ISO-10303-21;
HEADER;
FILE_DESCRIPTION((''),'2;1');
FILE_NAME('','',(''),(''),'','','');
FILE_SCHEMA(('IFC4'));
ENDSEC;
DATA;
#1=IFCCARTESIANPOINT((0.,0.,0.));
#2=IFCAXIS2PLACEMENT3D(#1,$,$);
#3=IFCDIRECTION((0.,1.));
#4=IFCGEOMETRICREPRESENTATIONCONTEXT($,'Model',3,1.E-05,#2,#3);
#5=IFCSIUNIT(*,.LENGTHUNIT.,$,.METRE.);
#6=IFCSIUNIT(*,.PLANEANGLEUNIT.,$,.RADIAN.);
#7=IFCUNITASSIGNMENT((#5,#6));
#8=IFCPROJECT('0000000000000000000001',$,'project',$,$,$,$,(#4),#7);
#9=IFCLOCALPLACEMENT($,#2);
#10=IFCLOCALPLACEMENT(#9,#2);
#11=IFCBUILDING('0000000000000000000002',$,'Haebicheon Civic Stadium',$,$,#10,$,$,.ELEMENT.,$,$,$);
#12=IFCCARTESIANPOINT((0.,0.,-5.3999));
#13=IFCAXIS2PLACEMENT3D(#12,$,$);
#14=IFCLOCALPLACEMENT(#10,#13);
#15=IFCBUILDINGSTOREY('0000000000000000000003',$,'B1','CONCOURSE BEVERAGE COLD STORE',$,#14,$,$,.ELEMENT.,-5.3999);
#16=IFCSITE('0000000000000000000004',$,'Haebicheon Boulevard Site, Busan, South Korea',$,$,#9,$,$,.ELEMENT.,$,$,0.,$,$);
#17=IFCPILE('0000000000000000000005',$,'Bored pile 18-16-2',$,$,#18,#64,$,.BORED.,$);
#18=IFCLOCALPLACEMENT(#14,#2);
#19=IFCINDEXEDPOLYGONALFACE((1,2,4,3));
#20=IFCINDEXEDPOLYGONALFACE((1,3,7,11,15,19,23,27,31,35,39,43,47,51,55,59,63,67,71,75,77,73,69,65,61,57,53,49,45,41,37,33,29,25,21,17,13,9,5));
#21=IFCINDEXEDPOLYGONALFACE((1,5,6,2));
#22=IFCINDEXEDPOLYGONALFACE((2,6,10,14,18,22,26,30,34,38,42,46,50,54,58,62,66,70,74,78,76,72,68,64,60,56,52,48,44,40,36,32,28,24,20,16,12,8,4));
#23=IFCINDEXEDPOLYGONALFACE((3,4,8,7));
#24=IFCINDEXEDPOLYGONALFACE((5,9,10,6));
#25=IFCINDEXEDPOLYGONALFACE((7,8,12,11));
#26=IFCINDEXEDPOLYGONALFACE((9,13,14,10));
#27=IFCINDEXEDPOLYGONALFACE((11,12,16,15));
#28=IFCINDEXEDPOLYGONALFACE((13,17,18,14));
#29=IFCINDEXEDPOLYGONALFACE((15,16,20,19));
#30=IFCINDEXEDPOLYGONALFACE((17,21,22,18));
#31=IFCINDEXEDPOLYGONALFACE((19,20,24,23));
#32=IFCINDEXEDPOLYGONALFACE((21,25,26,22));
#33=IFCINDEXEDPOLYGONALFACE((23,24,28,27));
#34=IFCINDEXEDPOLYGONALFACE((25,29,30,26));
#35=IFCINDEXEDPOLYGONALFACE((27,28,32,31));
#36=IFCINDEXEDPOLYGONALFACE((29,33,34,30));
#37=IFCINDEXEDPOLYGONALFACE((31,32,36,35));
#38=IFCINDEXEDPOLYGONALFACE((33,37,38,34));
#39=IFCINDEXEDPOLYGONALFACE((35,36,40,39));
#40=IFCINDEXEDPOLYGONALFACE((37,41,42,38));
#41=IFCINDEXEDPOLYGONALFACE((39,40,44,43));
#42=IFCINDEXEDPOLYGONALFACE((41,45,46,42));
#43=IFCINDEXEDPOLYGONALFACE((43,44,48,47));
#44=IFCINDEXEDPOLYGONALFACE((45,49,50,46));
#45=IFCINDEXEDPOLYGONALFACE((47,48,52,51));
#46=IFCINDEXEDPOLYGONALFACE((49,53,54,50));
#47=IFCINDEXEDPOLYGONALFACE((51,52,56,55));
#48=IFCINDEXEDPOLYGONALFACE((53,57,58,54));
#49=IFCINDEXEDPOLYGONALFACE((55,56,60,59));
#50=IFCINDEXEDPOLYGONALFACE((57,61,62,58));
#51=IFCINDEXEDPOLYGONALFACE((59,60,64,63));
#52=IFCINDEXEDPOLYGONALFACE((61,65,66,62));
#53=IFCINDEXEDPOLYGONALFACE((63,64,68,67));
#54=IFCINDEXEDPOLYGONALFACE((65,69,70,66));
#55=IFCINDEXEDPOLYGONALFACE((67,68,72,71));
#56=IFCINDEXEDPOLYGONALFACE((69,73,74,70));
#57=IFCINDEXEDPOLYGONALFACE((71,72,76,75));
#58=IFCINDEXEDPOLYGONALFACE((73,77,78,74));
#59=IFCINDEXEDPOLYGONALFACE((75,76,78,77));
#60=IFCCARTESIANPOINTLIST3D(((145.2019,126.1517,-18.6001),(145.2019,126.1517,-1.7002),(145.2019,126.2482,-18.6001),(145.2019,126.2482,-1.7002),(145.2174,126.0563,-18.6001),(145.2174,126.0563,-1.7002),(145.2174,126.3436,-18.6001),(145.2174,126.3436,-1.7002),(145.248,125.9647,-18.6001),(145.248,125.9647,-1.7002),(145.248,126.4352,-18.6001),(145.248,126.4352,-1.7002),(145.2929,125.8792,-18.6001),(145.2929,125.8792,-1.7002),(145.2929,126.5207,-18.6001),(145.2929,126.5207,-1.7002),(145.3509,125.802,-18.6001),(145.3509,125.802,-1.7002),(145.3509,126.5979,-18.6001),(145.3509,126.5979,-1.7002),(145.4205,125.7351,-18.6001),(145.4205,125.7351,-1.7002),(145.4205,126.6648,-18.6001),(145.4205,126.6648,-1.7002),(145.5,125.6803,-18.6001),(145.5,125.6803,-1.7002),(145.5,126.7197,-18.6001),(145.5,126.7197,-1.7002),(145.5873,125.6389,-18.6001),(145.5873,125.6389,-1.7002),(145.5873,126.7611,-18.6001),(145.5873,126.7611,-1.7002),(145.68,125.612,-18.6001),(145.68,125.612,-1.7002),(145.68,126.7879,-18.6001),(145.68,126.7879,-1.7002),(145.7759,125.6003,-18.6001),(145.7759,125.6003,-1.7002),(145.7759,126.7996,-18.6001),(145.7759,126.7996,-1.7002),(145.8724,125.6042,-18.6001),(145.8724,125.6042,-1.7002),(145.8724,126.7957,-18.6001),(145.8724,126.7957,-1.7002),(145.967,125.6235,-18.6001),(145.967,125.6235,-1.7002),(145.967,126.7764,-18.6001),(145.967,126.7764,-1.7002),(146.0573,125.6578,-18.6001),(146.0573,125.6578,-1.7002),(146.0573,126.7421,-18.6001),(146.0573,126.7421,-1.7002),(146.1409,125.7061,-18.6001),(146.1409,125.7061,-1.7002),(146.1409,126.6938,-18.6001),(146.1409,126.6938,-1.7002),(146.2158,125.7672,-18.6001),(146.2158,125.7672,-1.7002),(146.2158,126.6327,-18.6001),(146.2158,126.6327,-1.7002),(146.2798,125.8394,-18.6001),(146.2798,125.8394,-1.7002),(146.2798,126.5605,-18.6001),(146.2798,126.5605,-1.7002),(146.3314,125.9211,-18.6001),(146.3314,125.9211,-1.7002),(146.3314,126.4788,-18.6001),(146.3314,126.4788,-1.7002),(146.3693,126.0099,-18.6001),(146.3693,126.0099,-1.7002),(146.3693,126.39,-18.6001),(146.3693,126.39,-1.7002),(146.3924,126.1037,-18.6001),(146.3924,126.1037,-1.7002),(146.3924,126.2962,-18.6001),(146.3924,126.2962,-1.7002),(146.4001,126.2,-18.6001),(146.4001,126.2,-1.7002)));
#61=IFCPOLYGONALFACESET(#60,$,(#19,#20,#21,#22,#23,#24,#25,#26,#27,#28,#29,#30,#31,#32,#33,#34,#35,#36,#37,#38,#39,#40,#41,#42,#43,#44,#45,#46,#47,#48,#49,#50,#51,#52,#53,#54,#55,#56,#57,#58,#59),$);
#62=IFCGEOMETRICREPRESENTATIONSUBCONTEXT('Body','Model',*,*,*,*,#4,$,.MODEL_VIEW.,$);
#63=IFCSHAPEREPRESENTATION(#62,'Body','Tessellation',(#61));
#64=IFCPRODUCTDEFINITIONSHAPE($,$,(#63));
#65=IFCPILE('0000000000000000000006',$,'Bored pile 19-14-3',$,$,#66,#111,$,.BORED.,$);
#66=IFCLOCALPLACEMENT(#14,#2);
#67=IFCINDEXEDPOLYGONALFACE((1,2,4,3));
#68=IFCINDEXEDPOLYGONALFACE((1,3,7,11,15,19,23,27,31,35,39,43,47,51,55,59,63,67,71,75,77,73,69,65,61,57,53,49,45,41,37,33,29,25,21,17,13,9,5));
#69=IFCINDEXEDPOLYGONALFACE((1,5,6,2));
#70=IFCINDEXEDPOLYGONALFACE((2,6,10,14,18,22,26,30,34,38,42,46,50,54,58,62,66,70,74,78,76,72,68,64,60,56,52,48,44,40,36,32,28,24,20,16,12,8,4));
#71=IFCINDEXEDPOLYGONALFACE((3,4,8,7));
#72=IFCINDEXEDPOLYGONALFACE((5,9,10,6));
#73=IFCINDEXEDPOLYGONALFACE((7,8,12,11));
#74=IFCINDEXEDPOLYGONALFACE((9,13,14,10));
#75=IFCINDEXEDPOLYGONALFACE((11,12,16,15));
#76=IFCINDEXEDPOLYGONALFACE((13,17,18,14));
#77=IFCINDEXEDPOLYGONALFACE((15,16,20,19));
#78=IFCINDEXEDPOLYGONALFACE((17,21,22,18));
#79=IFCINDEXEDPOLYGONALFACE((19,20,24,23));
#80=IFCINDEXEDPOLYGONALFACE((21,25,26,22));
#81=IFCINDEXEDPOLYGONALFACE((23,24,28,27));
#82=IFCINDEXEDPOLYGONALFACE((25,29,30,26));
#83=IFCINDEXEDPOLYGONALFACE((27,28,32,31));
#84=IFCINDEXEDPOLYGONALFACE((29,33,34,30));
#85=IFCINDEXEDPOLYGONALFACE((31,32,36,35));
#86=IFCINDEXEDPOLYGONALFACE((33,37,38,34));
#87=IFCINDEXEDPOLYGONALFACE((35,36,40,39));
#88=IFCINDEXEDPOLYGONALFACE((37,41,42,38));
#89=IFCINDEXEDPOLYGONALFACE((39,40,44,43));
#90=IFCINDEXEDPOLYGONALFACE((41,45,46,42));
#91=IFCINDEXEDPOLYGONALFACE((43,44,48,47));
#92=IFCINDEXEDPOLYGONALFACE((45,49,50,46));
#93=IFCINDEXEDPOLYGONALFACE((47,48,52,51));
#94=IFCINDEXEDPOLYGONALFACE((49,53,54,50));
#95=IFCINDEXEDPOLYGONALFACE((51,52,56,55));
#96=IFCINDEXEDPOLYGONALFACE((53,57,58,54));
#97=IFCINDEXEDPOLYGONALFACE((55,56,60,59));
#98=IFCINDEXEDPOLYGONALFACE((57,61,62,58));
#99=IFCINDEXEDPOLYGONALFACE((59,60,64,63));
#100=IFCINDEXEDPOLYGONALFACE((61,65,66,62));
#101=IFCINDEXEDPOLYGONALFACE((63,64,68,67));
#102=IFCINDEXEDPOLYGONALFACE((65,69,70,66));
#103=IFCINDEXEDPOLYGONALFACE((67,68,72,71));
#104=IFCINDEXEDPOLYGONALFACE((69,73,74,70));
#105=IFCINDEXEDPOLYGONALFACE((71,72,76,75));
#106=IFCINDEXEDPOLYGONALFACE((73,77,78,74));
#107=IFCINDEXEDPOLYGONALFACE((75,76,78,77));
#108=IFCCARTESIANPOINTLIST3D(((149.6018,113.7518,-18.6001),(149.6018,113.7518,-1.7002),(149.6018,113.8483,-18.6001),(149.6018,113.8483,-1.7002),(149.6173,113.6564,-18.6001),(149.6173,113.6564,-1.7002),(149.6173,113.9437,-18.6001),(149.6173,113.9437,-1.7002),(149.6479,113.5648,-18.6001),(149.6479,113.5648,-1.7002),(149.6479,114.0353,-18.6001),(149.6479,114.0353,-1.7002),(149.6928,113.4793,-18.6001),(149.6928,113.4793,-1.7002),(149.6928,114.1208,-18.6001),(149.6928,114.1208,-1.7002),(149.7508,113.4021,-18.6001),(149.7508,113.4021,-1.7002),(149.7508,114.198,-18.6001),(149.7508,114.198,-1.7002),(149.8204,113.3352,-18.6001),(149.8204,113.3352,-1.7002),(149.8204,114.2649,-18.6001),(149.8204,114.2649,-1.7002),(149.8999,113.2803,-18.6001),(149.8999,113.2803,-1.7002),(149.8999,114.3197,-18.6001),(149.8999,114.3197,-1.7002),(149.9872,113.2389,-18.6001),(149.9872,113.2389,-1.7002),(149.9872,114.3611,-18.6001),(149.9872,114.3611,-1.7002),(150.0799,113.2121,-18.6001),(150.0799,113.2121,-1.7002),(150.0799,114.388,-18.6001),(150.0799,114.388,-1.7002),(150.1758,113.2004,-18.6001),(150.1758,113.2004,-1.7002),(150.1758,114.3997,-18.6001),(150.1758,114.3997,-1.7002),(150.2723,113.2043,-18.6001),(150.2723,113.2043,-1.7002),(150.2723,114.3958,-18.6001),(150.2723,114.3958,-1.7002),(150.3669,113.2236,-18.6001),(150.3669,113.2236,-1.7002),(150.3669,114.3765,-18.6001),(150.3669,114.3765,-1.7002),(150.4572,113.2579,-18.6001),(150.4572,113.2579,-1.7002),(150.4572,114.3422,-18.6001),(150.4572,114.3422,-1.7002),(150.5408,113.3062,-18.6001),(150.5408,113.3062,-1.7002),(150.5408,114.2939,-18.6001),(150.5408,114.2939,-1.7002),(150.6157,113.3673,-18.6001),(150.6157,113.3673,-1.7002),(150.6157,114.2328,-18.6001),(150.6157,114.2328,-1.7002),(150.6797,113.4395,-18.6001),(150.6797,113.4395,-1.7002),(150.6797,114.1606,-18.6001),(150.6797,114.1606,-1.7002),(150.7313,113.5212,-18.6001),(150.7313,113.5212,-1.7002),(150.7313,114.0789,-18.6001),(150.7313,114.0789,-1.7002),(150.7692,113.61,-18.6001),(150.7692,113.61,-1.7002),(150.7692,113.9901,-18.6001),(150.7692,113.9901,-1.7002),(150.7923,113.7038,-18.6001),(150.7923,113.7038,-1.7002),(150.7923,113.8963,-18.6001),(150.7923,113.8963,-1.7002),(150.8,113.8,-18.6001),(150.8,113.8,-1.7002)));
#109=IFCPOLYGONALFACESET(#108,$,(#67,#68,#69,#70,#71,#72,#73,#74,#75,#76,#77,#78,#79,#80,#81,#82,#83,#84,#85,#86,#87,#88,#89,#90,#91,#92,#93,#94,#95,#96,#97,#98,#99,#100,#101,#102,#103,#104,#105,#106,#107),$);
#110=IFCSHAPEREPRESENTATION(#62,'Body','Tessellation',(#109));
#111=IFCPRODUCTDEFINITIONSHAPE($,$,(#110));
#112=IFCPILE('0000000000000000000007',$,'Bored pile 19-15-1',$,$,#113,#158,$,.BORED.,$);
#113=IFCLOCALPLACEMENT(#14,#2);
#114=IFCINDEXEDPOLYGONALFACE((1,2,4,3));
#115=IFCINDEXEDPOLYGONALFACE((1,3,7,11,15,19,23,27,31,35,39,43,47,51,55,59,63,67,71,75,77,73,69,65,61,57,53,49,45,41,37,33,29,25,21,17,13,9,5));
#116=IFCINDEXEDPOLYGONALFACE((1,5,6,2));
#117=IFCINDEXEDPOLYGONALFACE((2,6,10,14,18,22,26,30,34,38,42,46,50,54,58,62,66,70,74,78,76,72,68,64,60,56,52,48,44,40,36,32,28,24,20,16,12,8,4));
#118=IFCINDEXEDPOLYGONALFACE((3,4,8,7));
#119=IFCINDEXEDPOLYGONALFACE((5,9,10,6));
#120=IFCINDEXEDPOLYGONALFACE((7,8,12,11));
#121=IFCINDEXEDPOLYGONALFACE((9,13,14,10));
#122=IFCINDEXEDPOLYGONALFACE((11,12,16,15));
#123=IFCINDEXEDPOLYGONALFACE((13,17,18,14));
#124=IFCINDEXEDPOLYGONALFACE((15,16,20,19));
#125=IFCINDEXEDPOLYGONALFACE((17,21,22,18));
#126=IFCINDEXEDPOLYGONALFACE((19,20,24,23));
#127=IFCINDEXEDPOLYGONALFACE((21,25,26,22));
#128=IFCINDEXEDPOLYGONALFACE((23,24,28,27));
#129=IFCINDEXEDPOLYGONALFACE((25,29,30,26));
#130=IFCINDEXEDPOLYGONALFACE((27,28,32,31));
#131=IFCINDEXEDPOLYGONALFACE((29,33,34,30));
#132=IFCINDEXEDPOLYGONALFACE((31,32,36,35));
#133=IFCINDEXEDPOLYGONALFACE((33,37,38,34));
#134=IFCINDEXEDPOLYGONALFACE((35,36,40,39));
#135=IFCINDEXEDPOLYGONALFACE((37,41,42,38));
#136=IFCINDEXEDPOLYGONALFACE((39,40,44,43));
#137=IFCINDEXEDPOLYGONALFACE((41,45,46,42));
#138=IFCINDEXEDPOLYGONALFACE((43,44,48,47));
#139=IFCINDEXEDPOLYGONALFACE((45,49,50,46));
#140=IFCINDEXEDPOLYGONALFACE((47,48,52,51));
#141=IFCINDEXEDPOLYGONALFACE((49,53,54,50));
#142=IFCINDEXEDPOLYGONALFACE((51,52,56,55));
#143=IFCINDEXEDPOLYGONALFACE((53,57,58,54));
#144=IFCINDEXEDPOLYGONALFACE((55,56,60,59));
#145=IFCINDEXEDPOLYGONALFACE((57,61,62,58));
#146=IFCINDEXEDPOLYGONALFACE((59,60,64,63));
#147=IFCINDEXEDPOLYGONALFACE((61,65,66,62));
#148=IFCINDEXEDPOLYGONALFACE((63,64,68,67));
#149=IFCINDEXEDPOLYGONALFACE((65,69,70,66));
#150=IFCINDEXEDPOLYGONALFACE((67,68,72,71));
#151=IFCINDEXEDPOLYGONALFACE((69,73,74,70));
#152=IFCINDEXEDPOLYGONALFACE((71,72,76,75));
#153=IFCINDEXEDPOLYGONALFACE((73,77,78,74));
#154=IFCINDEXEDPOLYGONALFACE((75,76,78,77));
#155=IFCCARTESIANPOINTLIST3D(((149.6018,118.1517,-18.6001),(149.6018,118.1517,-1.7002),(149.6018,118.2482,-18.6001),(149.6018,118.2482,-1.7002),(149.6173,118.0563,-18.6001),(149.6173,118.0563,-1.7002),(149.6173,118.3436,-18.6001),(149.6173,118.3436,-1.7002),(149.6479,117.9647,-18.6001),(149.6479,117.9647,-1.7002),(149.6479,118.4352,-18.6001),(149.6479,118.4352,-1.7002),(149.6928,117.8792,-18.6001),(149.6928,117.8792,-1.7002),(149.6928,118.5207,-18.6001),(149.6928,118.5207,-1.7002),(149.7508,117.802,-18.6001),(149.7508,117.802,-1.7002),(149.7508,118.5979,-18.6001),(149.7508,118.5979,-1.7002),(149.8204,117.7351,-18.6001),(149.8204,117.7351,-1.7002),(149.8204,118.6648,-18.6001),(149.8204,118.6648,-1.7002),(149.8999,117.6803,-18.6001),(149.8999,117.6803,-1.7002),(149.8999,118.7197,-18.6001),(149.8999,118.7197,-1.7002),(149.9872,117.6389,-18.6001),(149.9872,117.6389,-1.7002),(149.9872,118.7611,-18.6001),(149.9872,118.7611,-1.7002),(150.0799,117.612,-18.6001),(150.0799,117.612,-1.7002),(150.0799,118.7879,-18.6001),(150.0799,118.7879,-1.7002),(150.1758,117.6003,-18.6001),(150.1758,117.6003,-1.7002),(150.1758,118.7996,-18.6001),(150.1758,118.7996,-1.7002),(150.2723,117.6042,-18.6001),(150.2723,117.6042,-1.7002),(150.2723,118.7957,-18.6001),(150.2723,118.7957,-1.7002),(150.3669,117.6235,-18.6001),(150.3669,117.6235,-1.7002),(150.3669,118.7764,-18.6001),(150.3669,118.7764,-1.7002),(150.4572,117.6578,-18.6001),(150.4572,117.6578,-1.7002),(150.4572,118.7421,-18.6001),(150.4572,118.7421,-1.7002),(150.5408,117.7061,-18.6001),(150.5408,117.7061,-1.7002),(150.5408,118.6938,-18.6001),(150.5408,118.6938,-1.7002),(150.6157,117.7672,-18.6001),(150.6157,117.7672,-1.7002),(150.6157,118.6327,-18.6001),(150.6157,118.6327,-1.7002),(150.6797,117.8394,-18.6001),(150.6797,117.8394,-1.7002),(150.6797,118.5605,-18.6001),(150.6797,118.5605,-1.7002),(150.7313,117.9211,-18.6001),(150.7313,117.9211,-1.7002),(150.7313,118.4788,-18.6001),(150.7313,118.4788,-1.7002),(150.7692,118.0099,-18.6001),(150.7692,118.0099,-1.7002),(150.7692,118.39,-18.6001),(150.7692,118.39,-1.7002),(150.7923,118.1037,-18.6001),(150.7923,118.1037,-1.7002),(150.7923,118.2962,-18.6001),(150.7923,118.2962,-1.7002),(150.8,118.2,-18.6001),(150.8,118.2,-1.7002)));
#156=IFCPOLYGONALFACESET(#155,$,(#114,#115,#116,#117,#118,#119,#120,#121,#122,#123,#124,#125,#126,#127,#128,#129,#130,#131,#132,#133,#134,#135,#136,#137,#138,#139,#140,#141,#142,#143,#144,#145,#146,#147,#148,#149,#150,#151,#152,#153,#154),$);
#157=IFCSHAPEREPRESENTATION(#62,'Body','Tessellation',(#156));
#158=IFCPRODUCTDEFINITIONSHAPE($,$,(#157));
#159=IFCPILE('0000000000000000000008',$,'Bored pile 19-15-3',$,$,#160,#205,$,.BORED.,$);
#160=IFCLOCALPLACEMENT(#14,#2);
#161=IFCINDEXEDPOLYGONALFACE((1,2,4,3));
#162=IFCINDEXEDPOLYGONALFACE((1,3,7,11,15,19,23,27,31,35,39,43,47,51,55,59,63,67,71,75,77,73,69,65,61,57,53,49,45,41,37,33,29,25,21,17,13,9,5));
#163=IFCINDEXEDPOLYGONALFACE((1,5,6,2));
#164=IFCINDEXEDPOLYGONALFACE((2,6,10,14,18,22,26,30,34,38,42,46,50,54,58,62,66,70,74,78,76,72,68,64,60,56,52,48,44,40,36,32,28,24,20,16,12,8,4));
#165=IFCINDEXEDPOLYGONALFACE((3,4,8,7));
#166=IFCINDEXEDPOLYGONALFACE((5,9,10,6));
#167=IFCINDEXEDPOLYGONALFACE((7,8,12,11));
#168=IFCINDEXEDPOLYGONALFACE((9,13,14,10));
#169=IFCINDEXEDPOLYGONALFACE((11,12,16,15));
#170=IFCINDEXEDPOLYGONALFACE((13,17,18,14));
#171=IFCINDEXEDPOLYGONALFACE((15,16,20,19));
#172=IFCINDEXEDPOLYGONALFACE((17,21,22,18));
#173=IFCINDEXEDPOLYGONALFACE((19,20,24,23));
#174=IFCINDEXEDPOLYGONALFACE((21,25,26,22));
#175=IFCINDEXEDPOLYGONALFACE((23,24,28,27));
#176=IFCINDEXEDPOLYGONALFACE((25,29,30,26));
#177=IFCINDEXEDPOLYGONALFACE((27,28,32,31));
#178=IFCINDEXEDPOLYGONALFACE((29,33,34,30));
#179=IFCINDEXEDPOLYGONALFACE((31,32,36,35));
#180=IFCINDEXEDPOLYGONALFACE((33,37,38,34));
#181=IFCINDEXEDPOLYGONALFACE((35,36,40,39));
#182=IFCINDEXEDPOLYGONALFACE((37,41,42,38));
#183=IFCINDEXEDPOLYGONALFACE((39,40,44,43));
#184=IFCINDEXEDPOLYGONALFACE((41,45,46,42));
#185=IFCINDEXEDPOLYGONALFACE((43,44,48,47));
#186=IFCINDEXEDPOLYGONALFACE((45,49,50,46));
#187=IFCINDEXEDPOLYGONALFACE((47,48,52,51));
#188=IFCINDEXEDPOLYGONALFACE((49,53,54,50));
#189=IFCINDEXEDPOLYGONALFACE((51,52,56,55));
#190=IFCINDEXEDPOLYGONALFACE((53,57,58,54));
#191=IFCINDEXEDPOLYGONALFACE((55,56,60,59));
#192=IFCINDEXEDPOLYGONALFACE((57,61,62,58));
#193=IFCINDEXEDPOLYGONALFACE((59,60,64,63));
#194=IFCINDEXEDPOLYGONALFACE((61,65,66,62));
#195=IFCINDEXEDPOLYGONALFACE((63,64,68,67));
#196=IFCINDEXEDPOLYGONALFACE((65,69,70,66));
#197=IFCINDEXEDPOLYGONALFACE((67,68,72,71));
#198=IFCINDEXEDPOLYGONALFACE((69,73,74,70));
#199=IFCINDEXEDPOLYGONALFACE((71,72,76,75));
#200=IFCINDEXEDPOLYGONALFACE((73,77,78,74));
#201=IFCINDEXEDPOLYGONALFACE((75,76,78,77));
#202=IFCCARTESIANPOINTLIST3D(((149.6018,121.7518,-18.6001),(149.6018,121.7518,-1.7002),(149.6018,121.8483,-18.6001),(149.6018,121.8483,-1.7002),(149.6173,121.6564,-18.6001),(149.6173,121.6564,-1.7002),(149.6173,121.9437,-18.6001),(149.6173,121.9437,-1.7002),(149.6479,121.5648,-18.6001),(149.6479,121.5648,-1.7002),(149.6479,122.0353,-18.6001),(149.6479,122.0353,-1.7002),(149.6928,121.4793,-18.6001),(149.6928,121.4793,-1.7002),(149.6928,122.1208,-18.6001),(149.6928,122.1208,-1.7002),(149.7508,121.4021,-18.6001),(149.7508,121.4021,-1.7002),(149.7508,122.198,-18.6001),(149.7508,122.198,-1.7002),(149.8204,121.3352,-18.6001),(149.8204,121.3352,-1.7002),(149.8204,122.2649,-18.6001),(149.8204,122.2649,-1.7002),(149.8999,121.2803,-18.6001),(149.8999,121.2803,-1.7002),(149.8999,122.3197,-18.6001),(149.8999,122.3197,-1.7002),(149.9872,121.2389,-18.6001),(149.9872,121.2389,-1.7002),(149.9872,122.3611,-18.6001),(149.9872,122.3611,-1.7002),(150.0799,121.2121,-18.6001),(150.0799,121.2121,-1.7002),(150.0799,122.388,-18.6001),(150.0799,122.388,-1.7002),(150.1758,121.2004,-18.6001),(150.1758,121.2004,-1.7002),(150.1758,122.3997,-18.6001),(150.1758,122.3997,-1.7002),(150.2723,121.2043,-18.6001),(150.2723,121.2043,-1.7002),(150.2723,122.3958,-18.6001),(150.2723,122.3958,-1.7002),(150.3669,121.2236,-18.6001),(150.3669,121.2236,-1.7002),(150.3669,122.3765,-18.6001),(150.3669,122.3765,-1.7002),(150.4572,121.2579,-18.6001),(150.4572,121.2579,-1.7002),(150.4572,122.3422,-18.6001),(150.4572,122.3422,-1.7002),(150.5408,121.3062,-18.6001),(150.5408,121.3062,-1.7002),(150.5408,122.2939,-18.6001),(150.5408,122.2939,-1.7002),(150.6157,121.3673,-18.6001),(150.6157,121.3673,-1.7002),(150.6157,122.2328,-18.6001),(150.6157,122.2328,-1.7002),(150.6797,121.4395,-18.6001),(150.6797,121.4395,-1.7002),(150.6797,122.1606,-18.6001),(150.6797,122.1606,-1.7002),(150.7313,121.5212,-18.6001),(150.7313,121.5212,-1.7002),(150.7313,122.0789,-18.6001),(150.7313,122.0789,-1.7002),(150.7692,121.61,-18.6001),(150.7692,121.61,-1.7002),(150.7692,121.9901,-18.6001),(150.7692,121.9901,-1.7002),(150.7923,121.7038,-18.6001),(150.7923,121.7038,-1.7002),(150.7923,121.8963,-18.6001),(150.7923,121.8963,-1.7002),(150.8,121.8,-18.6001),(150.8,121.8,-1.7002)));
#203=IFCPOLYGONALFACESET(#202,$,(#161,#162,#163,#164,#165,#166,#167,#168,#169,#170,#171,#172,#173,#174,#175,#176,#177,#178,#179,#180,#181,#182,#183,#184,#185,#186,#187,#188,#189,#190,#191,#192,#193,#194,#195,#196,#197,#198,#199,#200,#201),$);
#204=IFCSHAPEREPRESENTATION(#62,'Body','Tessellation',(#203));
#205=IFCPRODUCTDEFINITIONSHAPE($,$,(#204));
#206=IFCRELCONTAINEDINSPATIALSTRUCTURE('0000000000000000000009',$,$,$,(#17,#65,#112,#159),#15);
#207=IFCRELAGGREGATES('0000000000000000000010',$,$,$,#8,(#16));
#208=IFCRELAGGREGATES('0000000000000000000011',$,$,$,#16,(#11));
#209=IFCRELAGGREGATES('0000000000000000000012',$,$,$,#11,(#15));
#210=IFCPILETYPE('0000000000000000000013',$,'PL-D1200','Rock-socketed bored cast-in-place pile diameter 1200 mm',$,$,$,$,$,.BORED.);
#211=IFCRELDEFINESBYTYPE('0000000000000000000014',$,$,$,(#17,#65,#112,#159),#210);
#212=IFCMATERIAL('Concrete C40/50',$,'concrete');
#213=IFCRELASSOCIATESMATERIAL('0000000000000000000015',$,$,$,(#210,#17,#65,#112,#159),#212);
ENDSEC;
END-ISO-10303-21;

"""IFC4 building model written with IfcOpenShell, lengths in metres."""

from ifc_helpers import new_model, si_unit, direction, frame, origin, origin_2d, place, context, subcontext, project, spatial, circle, extrude, material, material_profile, profile_set, type_object, element, save


model = new_model("IFC4")

# Units and contexts
model_context = context("Model", 3, precision=1e-05, world=origin(), true_north=direction((0.0, 1.0)))
body_context = subcontext(model_context, "Body", "Model", "MODEL_VIEW")
ifc_project = project(units=[si_unit("LENGTHUNIT", "METRE"), si_unit("PLANEANGLEUNIT", "RADIAN")], contexts=[model_context])

# Site, building, storey
site_placement = place(None, origin())
site = spatial("IfcSite", under=ifc_project, at=site_placement, Name="Haebicheon Boulevard Site, Busan, South Korea", CompositionType="ELEMENT", RefElevation=0.0)
building_placement = place(site_placement, origin())
building = spatial("IfcBuilding", under=site, at=building_placement, Name="Haebicheon Civic Stadium", CompositionType="ELEMENT")
storey_placement = place(building_placement, frame((0.0, 0.0, -5.3999)))
storey = spatial("IfcBuildingStorey", under=building, at=storey_placement, Name="B1", Description="CONCOURSE BEVERAGE COLD STORE", CompositionType="ELEMENT", Elevation=-5.3999)

# Piles
ifc_material_1 = material(Name="Concrete C40/50", Category="concrete")
ifc_material_profile_1 = material_profile(ifc_material_1, circle(Radius=0.6001, at=origin_2d()), Name="PILE-D1200")
ifc_profile_set_1 = profile_set([ifc_material_profile_1], Name="Concrete C40/50")
pile_type = type_object("IfcPileType", Name="PL-D1200", Description="Rock-socketed bored cast-in-place pile diameter 1200 mm", PredefinedType="BORED", material=ifc_profile_set_1)
for number, where, z_axis, x_axis, name in (
    (1, (145.8, 126.2, -1.7002), (0.0, 0.0, -1.0), (1.0, 0.0, 0.0), "Bored pile 18-16-2"),
    (2, (150.2, 113.8, -1.7002), (0.0, 0.0, -1.0), (1.0, 0.0, 0.0), "Bored pile 19-14-3"),
    (3, (150.2, 118.2, -1.7002), (0.0, 0.0, -1.0), (1.0, 0.0, 0.0), "Bored pile 19-15-1"),
    (4, (150.2, 121.8, -1.7002), (0.0, 0.0, -1.0), (1.0, 0.0, 0.0), "Bored pile 19-15-3"),
):
    element("IfcPile", number, at=place(storey_placement, frame(where, z_axis=z_axis, x_axis=x_axis)), inside=storey, type_object=pile_type, material=ifc_profile_set_1, Name=name, PredefinedType="BORED", context=body_context, shape_type="SweptSolid", body=[
        extrude(circle(Radius=0.6001, at=origin_2d()), origin(), (0.0, 0.0, 1.0), 16.8999),
    ])

save(model, "model.ifc")
